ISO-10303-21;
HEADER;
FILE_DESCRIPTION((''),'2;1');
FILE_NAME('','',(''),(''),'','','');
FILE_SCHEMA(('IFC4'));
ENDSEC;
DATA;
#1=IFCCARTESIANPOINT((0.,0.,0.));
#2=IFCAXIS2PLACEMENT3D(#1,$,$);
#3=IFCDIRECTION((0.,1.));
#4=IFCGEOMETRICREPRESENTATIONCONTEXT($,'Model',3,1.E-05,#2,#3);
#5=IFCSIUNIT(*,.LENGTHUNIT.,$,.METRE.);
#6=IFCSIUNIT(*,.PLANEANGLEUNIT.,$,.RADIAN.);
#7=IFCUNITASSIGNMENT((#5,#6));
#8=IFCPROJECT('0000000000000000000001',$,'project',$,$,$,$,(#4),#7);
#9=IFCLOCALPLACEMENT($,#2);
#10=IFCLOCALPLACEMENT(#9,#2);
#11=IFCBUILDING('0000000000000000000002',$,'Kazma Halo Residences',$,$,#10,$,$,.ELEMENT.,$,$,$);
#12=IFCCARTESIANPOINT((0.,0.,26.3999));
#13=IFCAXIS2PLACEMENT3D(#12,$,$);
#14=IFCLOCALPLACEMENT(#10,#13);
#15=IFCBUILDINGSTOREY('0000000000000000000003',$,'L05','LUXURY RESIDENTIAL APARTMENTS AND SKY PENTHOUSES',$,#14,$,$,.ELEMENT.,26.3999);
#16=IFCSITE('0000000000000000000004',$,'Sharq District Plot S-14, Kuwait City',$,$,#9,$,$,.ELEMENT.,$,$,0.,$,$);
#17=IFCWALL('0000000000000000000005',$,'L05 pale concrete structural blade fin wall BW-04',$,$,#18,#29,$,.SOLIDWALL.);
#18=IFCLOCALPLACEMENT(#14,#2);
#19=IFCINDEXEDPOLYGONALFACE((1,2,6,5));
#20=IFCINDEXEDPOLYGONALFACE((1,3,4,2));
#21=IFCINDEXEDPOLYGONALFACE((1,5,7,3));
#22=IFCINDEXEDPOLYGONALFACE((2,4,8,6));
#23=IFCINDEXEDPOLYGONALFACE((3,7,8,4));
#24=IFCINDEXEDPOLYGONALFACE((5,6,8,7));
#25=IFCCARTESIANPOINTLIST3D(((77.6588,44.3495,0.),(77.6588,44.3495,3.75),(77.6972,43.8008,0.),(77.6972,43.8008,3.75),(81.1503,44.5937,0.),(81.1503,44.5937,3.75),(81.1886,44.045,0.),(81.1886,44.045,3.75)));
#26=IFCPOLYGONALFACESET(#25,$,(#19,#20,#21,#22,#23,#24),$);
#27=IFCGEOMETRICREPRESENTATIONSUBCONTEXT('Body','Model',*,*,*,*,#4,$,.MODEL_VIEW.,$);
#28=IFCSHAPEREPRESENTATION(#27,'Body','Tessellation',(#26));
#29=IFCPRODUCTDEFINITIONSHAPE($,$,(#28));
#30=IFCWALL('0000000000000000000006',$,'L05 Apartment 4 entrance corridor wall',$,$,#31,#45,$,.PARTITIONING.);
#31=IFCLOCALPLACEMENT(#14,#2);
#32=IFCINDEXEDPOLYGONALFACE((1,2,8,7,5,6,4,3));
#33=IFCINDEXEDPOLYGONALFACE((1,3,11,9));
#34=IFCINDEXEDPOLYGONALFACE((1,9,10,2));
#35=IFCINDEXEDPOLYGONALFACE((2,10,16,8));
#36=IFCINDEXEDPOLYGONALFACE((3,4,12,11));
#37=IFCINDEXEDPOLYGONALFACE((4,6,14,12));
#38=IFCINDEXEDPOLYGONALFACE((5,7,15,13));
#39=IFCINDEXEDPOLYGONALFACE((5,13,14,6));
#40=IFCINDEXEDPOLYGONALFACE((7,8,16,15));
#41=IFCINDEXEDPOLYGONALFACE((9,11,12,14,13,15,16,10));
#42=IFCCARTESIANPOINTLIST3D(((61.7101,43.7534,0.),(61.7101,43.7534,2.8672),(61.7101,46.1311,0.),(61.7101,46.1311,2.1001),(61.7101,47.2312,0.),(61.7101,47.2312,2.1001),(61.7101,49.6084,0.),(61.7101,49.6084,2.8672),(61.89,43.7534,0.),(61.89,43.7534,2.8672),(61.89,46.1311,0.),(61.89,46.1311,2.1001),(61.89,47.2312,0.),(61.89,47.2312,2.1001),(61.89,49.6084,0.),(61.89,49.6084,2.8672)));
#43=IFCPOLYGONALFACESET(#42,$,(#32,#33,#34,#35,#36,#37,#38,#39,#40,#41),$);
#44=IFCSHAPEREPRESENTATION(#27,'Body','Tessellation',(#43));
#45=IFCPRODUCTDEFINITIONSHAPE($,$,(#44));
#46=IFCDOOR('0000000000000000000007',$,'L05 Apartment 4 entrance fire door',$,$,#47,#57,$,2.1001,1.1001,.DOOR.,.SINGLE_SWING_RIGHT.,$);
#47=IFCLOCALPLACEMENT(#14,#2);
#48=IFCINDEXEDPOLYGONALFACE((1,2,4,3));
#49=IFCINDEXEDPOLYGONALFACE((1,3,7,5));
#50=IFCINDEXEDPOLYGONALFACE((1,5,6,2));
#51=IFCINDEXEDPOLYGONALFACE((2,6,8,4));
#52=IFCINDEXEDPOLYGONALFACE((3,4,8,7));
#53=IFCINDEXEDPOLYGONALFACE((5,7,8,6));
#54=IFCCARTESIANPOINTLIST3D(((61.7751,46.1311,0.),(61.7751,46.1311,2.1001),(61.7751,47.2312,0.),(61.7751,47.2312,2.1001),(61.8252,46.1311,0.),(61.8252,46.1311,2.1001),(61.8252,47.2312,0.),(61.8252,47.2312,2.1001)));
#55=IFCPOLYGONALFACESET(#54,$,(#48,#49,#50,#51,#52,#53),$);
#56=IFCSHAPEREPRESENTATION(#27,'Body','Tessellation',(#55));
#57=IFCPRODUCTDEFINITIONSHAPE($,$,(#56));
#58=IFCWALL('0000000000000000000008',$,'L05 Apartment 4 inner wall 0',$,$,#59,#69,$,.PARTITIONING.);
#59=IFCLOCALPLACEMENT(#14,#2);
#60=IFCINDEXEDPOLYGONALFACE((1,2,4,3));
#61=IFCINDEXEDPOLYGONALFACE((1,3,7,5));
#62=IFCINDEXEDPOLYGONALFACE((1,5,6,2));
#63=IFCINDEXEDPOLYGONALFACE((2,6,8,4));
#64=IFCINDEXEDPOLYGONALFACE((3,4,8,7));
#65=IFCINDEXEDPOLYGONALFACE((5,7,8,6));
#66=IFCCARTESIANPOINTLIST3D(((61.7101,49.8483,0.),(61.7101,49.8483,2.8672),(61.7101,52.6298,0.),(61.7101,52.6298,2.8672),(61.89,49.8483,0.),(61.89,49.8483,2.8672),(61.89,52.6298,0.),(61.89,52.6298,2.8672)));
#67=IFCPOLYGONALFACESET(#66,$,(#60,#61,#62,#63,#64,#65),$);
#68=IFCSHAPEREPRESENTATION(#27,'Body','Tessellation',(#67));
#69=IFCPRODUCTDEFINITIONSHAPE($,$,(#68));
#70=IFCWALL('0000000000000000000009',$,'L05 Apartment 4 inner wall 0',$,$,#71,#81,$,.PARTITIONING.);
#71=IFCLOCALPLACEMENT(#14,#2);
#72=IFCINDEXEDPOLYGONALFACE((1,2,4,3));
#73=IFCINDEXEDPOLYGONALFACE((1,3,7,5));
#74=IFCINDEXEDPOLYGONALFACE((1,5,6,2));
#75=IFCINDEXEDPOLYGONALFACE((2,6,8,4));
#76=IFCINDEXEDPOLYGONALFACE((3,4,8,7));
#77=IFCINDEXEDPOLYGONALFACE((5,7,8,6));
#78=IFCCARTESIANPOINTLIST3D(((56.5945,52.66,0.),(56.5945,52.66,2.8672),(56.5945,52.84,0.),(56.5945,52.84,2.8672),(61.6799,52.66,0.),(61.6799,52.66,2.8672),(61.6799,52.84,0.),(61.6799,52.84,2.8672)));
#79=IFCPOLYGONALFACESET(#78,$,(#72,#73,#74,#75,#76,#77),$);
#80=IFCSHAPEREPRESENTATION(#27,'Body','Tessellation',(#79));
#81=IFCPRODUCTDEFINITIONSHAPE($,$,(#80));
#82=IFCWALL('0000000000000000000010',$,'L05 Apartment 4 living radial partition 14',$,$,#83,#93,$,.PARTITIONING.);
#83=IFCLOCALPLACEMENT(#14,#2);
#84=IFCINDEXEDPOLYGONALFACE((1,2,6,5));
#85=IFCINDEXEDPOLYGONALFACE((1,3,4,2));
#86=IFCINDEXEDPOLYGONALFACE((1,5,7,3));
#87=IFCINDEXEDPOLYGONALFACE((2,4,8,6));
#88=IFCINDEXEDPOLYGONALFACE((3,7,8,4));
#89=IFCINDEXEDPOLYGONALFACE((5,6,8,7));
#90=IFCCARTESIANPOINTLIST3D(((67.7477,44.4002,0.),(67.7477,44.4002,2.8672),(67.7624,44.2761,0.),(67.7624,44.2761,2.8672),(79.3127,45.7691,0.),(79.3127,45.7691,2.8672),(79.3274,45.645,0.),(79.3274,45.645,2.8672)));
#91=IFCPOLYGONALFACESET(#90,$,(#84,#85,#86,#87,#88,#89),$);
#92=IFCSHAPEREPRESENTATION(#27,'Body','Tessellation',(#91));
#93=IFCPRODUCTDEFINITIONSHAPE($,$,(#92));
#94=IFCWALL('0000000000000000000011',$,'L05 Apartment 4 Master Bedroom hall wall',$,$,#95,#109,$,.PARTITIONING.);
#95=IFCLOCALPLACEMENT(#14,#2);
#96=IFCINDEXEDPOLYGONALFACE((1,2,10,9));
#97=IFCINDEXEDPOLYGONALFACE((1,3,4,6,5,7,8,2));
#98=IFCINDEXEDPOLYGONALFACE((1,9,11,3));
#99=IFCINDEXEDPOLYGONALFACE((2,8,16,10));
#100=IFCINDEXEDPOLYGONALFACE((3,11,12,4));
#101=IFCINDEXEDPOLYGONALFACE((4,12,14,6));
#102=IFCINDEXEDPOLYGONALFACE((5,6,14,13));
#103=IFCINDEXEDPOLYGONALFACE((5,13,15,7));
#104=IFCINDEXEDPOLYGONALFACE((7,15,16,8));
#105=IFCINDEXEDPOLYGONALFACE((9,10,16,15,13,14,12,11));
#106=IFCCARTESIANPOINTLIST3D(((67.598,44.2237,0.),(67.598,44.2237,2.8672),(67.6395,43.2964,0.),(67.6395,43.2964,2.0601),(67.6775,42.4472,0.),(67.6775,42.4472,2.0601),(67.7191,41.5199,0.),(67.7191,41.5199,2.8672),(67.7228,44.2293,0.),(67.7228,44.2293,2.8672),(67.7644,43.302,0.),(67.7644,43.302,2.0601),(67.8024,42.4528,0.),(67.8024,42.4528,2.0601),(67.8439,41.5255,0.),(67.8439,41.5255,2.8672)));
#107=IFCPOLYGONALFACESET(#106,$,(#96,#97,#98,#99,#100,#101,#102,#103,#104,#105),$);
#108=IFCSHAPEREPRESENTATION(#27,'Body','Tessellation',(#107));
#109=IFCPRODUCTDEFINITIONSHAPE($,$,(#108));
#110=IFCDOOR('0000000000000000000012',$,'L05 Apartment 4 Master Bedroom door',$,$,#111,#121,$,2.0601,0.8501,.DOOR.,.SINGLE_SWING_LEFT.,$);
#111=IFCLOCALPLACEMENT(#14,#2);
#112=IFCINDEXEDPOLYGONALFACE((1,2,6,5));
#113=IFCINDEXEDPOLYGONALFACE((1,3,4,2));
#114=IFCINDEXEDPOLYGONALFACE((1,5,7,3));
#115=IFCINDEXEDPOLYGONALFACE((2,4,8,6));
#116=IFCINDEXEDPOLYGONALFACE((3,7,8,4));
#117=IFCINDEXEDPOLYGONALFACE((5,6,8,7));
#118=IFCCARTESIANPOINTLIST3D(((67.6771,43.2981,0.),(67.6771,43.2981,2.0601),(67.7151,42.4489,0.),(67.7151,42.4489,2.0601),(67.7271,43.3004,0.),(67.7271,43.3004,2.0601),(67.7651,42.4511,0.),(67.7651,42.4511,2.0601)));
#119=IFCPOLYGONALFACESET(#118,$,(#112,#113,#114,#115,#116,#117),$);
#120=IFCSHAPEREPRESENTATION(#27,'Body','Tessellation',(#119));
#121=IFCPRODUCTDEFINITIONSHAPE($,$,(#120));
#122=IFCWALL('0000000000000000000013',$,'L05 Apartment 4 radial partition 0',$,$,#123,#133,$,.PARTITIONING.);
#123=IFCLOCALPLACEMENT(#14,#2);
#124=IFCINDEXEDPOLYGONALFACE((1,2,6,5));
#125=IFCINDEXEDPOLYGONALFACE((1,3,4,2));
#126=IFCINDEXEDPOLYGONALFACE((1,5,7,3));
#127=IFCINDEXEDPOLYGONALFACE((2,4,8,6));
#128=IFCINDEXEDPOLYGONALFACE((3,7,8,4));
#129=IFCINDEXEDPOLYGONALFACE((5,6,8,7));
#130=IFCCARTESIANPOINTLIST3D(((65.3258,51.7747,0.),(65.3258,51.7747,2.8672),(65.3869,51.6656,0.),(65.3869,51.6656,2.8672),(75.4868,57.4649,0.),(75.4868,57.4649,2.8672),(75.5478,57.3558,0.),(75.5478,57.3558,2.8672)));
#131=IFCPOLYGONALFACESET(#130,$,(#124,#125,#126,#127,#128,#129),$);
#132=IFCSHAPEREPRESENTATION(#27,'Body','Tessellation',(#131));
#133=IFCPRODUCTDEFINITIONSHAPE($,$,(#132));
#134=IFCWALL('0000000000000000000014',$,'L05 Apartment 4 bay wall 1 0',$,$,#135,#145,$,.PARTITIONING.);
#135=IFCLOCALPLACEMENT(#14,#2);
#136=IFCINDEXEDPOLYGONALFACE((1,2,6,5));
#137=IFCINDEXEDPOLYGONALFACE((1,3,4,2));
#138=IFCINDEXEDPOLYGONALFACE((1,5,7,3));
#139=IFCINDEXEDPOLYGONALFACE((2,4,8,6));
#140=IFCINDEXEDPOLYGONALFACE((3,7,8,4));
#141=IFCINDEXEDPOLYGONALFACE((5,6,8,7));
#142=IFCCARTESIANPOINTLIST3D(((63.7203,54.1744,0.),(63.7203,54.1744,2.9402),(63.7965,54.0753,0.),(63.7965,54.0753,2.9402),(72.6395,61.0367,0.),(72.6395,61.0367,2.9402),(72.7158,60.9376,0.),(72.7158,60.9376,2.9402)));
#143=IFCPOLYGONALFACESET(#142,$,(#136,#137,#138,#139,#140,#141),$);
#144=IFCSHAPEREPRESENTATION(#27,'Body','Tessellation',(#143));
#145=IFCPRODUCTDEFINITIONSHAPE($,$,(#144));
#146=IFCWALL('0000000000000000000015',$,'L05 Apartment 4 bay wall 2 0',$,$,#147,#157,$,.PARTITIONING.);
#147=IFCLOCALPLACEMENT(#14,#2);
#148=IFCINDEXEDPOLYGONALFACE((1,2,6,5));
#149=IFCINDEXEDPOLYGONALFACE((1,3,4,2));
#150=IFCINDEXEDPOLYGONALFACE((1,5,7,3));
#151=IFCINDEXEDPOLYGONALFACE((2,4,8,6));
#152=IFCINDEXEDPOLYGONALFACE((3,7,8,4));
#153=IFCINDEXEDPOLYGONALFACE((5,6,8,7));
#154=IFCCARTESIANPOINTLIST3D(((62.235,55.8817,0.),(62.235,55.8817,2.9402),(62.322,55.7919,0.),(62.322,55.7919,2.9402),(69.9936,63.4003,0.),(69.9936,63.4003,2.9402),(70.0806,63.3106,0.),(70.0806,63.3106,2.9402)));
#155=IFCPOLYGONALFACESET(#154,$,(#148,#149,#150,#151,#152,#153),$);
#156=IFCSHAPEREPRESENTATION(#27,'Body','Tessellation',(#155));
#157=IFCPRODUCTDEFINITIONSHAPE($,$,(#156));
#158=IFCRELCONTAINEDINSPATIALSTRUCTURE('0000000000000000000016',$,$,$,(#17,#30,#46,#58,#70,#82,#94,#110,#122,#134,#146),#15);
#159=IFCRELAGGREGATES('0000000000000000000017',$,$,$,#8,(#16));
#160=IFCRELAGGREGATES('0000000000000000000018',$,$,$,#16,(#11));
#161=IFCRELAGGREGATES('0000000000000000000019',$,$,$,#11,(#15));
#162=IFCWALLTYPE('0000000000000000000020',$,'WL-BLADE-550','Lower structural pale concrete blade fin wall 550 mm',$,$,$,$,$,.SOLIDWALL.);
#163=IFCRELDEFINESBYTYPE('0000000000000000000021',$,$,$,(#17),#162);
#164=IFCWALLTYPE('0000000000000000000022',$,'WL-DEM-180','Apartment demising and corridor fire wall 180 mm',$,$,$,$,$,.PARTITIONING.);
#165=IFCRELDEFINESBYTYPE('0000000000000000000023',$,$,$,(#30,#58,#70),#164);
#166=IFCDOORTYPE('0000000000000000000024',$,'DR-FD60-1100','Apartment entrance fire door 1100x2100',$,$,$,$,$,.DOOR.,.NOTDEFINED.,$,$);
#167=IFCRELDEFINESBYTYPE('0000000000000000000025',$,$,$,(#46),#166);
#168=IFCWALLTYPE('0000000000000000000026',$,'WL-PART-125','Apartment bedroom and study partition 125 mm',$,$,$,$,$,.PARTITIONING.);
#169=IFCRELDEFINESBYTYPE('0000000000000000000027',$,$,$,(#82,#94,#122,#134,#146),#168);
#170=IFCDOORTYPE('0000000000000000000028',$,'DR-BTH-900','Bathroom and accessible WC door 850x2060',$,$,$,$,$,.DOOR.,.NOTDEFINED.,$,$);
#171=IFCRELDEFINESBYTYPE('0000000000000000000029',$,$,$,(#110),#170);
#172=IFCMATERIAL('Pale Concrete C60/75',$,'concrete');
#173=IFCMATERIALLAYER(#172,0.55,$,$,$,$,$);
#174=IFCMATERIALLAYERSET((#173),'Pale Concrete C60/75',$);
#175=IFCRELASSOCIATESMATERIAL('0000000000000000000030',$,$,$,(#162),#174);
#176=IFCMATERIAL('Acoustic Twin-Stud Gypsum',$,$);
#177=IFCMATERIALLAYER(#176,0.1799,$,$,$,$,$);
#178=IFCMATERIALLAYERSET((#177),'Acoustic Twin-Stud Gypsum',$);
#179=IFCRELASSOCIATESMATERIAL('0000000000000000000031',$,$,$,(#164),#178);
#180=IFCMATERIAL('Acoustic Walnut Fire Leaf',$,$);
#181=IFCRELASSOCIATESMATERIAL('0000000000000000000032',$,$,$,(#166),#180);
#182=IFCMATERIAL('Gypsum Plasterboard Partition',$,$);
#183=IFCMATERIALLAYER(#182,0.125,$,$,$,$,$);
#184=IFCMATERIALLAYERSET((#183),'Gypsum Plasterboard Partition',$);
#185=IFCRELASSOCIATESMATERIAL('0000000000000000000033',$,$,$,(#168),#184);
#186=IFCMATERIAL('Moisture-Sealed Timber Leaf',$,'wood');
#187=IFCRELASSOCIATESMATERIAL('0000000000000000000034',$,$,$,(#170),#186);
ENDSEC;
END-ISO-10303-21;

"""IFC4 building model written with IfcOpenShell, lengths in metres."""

from ifc_helpers import new_model, si_unit, direction, frame, frame_2d, origin, place, context, subcontext, project, spatial, rectangle, extrude, material, layer, layer_set, type_object, element, fill, save


model = new_model("IFC4")

# Units and contexts
model_context = context("Model", 3, precision=1e-05, world=origin(), true_north=direction((0.0, 1.0)))
body_context = subcontext(model_context, "Body", "Model", "MODEL_VIEW")
ifc_project = project(units=[si_unit("LENGTHUNIT", "METRE"), si_unit("PLANEANGLEUNIT", "RADIAN")], contexts=[model_context])

# Site, building, storey
site_placement = place(None, origin())
site = spatial("IfcSite", under=ifc_project, at=site_placement, Name="Sharq District Plot S-14, Kuwait City", CompositionType="ELEMENT", RefElevation=0.0)
building_placement = place(site_placement, origin())
building = spatial("IfcBuilding", under=site, at=building_placement, Name="Kazma Halo Residences", CompositionType="ELEMENT")
storey_placement = place(building_placement, frame((0.0, 0.0, 26.3999)))
storey = spatial("IfcBuildingStorey", under=building, at=storey_placement, Name="L05", Description="LUXURY RESIDENTIAL APARTMENTS AND SKY PENTHOUSES", CompositionType="ELEMENT", Elevation=26.3999)

# Wall
ifc_material_1 = material(Name="Pale Concrete C60/75", Category="concrete")
ifc_layer_1 = layer(ifc_material_1, 0.55)
ifc_layer_set_1 = layer_set([ifc_layer_1], Name="Pale Concrete C60/75")
wall_type_1 = type_object("IfcWallType", Name="WL-BLADE-550", Description="Lower structural pale concrete blade fin wall 550 mm", PredefinedType="SOLIDWALL", material=ifc_layer_set_1)
wall_1_placement = place(storey_placement, frame((77.678, 44.0752, 0.0), z_axis=(0.0, 0.0, 1.0), x_axis=(0.997564, 0.069755, 0.0)))
element("IfcWall", 1, at=wall_1_placement, inside=storey, type_object=wall_type_1, Name="L05 pale concrete structural blade fin wall BW-04", PredefinedType="SOLIDWALL", context=body_context, shape_type="SweptSolid", body=[
    extrude(rectangle(XDim=3.5, YDim=0.55, at=frame_2d((1.75, 0.0))), origin(), (0.0, 0.0, 1.0), 3.75),
])

# Wall, opening, door
ifc_material_2 = material(Name="Acoustic Twin-Stud Gypsum")
ifc_layer_2 = layer(ifc_material_2, 0.1799)
ifc_layer_set_2 = layer_set([ifc_layer_2], Name="Acoustic Twin-Stud Gypsum")
wall_type_2 = type_object("IfcWallType", Name="WL-DEM-180", Description="Apartment demising and corridor fire wall 180 mm", PredefinedType="PARTITIONING", material=ifc_layer_set_2)
wall_2_placement = place(storey_placement, frame((61.8, 43.7534, 0.0), z_axis=(0.0, 0.0, 1.0), x_axis=(0.0, 1.0, 0.0)))
wall_2 = element("IfcWall", 2, at=wall_2_placement, inside=storey, type_object=wall_type_2, Name="L05 Apartment 4 entrance corridor wall", PredefinedType="PARTITIONING", context=body_context, shape_type="SweptSolid", body=[
    extrude(rectangle(XDim=5.855, YDim=0.1799, at=frame_2d((2.9275, 0.0))), origin(), (0.0, 0.0, 1.0), 2.8672),
])
opening_1_placement = place(wall_2_placement, frame((2.3777, 0.0, 0.0)))
opening_1 = element("IfcOpeningElement", 3, at=opening_1_placement, cuts=wall_2, PredefinedType="OPENING", context=body_context, shape_type="SweptSolid", body=[
    extrude(rectangle(XDim=1.1001, YDim=2.1001, at=frame_2d((0.55, 1.05))), frame((0.0, 0.0999, 0.0), z_axis=(0.0, -1.0, 0.0), x_axis=(1.0, 0.0, 0.0)), (0.0, 0.0, 1.0), 0.2),
])
ifc_material_3 = material(Name="Acoustic Walnut Fire Leaf")
door_type_1 = type_object("IfcDoorType", Name="DR-FD60-1100", Description="Apartment entrance fire door 1100x2100", OperationType="NOTDEFINED", PredefinedType="DOOR", material=ifc_material_3)
door_1_placement = place(opening_1_placement, origin())
door_1 = element("IfcDoor", 4, at=door_1_placement, inside=storey, type_object=door_type_1, Name="L05 Apartment 4 entrance fire door", OperationType="SINGLE_SWING_RIGHT", OverallHeight=2.1001, OverallWidth=1.1001, PredefinedType="DOOR", context=body_context, shape_type="SweptSolid", body=[
    extrude(rectangle(XDim=1.1001, YDim=2.1001, at=frame_2d((0.55, 1.05))), frame((0.0, 0.0249, 0.0), z_axis=(0.0, -1.0, 0.0), x_axis=(1.0, 0.0, 0.0)), (0.0, 0.0, 1.0), 0.05),
])
fill(opening_1, door_1)

# Walls
wall_3_placement = place(storey_placement, frame((61.8, 49.8484, 0.0), z_axis=(0.0, 0.0, 1.0), x_axis=(0.0, 1.0, 0.0)))
element("IfcWall", 5, at=wall_3_placement, inside=storey, type_object=wall_type_2, Name="L05 Apartment 4 inner wall 0", PredefinedType="PARTITIONING", context=body_context, shape_type="SweptSolid", body=[
    extrude(rectangle(XDim=2.7815, YDim=0.1799, at=frame_2d((1.3906, 0.0))), origin(), (0.0, 0.0, 1.0), 2.8672),
])
wall_4_placement = place(storey_placement, frame((61.6799, 52.75, 0.0), z_axis=(0.0, 0.0, 1.0), x_axis=(-1.0, 0.0, 0.0)))
element("IfcWall", 6, at=wall_4_placement, inside=storey, type_object=wall_type_2, Name="L05 Apartment 4 inner wall 0", PredefinedType="PARTITIONING", context=body_context, shape_type="SweptSolid", body=[
    extrude(rectangle(XDim=5.0854, YDim=0.1799, at=frame_2d((2.5427, 0.0))), origin(), (0.0, 0.0, 1.0), 2.8672),
])
ifc_material_4 = material(Name="Gypsum Plasterboard Partition")
ifc_layer_3 = layer(ifc_material_4, 0.125)
ifc_layer_set_3 = layer_set([ifc_layer_3], Name="Gypsum Plasterboard Partition")
wall_type_3 = type_object("IfcWallType", Name="WL-PART-125", Description="Apartment bedroom and study partition 125 mm", PredefinedType="PARTITIONING", material=ifc_layer_set_3)
wall_5_placement = place(storey_placement, frame((67.7551, 44.3381, 0.0), z_axis=(0.0, 0.0, 1.0), x_axis=(0.993068, 0.117545, 0.0)))
element("IfcWall", 7, at=wall_5_placement, inside=storey, type_object=wall_type_3, Name="L05 Apartment 4 living radial partition 14", PredefinedType="PARTITIONING", context=body_context, shape_type="SweptSolid", body=[
    extrude(rectangle(XDim=11.6458, YDim=0.125, at=frame_2d((5.8228, 0.0))), origin(), (0.0, 0.0, 1.0), 2.8672),
])

# Wall, opening, door
wall_6_placement = place(storey_placement, frame((67.7815, 41.5227, 0.0), z_axis=(0.0, 0.0, 1.0), x_axis=(-0.044741, 0.998999, 0.0)))
wall_6 = element("IfcWall", 8, at=wall_6_placement, inside=storey, type_object=wall_type_3, Name="L05 Apartment 4 Master Bedroom hall wall", PredefinedType="PARTITIONING", context=body_context, shape_type="SweptSolid", body=[
    extrude(rectangle(XDim=2.7065, YDim=0.125, at=frame_2d((1.3533, 0.0))), origin(), (0.0, 0.0, 1.0), 2.8672),
])
opening_2_placement = place(wall_6_placement, frame((0.9282, 0.0, 0.0)))
opening_2 = element("IfcOpeningElement", 9, at=opening_2_placement, cuts=wall_6, PredefinedType="OPENING", context=body_context, shape_type="SweptSolid", body=[
    extrude(rectangle(XDim=0.8501, YDim=2.0601, at=frame_2d((0.425, 1.03))), frame((0.0, 0.0725, 0.0), z_axis=(0.0, -1.0, 0.0), x_axis=(1.0, 0.0, 0.0)), (0.0, 0.0, 1.0), 0.145),
])
ifc_material_5 = material(Name="Moisture-Sealed Timber Leaf", Category="wood")
door_type_2 = type_object("IfcDoorType", Name="DR-BTH-900", Description="Bathroom and accessible WC door 850x2060", OperationType="NOTDEFINED", PredefinedType="DOOR", material=ifc_material_5)
door_2_placement = place(opening_2_placement, origin())
door_2 = element("IfcDoor", 10, at=door_2_placement, inside=storey, type_object=door_type_2, Name="L05 Apartment 4 Master Bedroom door", OperationType="SINGLE_SWING_LEFT", OverallHeight=2.0601, OverallWidth=0.8501, PredefinedType="DOOR", context=body_context, shape_type="SweptSolid", body=[
    extrude(rectangle(XDim=0.8501, YDim=2.0601, at=frame_2d((0.425, 1.03))), frame((0.0, 0.0249, 0.0), z_axis=(0.0, -1.0, 0.0), x_axis=(1.0, 0.0, 0.0)), (0.0, 0.0, 1.0), 0.05),
])
fill(opening_2, door_2)

# Walls
wall_7_placement = place(storey_placement, frame((65.3564, 51.7202, 0.0), z_axis=(0.0, 0.0, 1.0), x_axis=(0.872503, 0.488609, 0.0)))
element("IfcWall", 11, at=wall_7_placement, inside=storey, type_object=wall_type_3, Name="L05 Apartment 4 radial partition 0", PredefinedType="PARTITIONING", context=body_context, shape_type="SweptSolid", body=[
    extrude(rectangle(XDim=11.6458, YDim=0.125, at=frame_2d((5.8228, 0.0))), origin(), (0.0, 0.0, 1.0), 2.8672),
])
wall_8_placement = place(storey_placement, frame((63.7583, 54.1248, 0.0), z_axis=(0.0, 0.0, 1.0), x_axis=(0.792564, 0.609788, 0.0)))
element("IfcWall", 12, at=wall_8_placement, inside=storey, type_object=wall_type_3, Name="L05 Apartment 4 bay wall 1 0", PredefinedType="PARTITIONING", context=body_context, shape_type="SweptSolid", body=[
    extrude(rectangle(XDim=11.2537, YDim=0.125, at=frame_2d((5.627, 0.0))), origin(), (0.0, 0.0, 1.0), 2.9402),
])
wall_9_placement = place(storey_placement, frame((62.2786, 55.8369, 0.0), z_axis=(0.0, 0.0, 1.0), x_axis=(0.718126, 0.695913, 0.0)))
element("IfcWall", 13, at=wall_9_placement, inside=storey, type_object=wall_type_3, Name="L05 Apartment 4 bay wall 2 0", PredefinedType="PARTITIONING", context=body_context, shape_type="SweptSolid", body=[
    extrude(rectangle(XDim=10.804, YDim=0.125, at=frame_2d((5.4019, 0.0))), origin(), (0.0, 0.0, 1.0), 2.9402),
])

save(model, "model.ifc")
